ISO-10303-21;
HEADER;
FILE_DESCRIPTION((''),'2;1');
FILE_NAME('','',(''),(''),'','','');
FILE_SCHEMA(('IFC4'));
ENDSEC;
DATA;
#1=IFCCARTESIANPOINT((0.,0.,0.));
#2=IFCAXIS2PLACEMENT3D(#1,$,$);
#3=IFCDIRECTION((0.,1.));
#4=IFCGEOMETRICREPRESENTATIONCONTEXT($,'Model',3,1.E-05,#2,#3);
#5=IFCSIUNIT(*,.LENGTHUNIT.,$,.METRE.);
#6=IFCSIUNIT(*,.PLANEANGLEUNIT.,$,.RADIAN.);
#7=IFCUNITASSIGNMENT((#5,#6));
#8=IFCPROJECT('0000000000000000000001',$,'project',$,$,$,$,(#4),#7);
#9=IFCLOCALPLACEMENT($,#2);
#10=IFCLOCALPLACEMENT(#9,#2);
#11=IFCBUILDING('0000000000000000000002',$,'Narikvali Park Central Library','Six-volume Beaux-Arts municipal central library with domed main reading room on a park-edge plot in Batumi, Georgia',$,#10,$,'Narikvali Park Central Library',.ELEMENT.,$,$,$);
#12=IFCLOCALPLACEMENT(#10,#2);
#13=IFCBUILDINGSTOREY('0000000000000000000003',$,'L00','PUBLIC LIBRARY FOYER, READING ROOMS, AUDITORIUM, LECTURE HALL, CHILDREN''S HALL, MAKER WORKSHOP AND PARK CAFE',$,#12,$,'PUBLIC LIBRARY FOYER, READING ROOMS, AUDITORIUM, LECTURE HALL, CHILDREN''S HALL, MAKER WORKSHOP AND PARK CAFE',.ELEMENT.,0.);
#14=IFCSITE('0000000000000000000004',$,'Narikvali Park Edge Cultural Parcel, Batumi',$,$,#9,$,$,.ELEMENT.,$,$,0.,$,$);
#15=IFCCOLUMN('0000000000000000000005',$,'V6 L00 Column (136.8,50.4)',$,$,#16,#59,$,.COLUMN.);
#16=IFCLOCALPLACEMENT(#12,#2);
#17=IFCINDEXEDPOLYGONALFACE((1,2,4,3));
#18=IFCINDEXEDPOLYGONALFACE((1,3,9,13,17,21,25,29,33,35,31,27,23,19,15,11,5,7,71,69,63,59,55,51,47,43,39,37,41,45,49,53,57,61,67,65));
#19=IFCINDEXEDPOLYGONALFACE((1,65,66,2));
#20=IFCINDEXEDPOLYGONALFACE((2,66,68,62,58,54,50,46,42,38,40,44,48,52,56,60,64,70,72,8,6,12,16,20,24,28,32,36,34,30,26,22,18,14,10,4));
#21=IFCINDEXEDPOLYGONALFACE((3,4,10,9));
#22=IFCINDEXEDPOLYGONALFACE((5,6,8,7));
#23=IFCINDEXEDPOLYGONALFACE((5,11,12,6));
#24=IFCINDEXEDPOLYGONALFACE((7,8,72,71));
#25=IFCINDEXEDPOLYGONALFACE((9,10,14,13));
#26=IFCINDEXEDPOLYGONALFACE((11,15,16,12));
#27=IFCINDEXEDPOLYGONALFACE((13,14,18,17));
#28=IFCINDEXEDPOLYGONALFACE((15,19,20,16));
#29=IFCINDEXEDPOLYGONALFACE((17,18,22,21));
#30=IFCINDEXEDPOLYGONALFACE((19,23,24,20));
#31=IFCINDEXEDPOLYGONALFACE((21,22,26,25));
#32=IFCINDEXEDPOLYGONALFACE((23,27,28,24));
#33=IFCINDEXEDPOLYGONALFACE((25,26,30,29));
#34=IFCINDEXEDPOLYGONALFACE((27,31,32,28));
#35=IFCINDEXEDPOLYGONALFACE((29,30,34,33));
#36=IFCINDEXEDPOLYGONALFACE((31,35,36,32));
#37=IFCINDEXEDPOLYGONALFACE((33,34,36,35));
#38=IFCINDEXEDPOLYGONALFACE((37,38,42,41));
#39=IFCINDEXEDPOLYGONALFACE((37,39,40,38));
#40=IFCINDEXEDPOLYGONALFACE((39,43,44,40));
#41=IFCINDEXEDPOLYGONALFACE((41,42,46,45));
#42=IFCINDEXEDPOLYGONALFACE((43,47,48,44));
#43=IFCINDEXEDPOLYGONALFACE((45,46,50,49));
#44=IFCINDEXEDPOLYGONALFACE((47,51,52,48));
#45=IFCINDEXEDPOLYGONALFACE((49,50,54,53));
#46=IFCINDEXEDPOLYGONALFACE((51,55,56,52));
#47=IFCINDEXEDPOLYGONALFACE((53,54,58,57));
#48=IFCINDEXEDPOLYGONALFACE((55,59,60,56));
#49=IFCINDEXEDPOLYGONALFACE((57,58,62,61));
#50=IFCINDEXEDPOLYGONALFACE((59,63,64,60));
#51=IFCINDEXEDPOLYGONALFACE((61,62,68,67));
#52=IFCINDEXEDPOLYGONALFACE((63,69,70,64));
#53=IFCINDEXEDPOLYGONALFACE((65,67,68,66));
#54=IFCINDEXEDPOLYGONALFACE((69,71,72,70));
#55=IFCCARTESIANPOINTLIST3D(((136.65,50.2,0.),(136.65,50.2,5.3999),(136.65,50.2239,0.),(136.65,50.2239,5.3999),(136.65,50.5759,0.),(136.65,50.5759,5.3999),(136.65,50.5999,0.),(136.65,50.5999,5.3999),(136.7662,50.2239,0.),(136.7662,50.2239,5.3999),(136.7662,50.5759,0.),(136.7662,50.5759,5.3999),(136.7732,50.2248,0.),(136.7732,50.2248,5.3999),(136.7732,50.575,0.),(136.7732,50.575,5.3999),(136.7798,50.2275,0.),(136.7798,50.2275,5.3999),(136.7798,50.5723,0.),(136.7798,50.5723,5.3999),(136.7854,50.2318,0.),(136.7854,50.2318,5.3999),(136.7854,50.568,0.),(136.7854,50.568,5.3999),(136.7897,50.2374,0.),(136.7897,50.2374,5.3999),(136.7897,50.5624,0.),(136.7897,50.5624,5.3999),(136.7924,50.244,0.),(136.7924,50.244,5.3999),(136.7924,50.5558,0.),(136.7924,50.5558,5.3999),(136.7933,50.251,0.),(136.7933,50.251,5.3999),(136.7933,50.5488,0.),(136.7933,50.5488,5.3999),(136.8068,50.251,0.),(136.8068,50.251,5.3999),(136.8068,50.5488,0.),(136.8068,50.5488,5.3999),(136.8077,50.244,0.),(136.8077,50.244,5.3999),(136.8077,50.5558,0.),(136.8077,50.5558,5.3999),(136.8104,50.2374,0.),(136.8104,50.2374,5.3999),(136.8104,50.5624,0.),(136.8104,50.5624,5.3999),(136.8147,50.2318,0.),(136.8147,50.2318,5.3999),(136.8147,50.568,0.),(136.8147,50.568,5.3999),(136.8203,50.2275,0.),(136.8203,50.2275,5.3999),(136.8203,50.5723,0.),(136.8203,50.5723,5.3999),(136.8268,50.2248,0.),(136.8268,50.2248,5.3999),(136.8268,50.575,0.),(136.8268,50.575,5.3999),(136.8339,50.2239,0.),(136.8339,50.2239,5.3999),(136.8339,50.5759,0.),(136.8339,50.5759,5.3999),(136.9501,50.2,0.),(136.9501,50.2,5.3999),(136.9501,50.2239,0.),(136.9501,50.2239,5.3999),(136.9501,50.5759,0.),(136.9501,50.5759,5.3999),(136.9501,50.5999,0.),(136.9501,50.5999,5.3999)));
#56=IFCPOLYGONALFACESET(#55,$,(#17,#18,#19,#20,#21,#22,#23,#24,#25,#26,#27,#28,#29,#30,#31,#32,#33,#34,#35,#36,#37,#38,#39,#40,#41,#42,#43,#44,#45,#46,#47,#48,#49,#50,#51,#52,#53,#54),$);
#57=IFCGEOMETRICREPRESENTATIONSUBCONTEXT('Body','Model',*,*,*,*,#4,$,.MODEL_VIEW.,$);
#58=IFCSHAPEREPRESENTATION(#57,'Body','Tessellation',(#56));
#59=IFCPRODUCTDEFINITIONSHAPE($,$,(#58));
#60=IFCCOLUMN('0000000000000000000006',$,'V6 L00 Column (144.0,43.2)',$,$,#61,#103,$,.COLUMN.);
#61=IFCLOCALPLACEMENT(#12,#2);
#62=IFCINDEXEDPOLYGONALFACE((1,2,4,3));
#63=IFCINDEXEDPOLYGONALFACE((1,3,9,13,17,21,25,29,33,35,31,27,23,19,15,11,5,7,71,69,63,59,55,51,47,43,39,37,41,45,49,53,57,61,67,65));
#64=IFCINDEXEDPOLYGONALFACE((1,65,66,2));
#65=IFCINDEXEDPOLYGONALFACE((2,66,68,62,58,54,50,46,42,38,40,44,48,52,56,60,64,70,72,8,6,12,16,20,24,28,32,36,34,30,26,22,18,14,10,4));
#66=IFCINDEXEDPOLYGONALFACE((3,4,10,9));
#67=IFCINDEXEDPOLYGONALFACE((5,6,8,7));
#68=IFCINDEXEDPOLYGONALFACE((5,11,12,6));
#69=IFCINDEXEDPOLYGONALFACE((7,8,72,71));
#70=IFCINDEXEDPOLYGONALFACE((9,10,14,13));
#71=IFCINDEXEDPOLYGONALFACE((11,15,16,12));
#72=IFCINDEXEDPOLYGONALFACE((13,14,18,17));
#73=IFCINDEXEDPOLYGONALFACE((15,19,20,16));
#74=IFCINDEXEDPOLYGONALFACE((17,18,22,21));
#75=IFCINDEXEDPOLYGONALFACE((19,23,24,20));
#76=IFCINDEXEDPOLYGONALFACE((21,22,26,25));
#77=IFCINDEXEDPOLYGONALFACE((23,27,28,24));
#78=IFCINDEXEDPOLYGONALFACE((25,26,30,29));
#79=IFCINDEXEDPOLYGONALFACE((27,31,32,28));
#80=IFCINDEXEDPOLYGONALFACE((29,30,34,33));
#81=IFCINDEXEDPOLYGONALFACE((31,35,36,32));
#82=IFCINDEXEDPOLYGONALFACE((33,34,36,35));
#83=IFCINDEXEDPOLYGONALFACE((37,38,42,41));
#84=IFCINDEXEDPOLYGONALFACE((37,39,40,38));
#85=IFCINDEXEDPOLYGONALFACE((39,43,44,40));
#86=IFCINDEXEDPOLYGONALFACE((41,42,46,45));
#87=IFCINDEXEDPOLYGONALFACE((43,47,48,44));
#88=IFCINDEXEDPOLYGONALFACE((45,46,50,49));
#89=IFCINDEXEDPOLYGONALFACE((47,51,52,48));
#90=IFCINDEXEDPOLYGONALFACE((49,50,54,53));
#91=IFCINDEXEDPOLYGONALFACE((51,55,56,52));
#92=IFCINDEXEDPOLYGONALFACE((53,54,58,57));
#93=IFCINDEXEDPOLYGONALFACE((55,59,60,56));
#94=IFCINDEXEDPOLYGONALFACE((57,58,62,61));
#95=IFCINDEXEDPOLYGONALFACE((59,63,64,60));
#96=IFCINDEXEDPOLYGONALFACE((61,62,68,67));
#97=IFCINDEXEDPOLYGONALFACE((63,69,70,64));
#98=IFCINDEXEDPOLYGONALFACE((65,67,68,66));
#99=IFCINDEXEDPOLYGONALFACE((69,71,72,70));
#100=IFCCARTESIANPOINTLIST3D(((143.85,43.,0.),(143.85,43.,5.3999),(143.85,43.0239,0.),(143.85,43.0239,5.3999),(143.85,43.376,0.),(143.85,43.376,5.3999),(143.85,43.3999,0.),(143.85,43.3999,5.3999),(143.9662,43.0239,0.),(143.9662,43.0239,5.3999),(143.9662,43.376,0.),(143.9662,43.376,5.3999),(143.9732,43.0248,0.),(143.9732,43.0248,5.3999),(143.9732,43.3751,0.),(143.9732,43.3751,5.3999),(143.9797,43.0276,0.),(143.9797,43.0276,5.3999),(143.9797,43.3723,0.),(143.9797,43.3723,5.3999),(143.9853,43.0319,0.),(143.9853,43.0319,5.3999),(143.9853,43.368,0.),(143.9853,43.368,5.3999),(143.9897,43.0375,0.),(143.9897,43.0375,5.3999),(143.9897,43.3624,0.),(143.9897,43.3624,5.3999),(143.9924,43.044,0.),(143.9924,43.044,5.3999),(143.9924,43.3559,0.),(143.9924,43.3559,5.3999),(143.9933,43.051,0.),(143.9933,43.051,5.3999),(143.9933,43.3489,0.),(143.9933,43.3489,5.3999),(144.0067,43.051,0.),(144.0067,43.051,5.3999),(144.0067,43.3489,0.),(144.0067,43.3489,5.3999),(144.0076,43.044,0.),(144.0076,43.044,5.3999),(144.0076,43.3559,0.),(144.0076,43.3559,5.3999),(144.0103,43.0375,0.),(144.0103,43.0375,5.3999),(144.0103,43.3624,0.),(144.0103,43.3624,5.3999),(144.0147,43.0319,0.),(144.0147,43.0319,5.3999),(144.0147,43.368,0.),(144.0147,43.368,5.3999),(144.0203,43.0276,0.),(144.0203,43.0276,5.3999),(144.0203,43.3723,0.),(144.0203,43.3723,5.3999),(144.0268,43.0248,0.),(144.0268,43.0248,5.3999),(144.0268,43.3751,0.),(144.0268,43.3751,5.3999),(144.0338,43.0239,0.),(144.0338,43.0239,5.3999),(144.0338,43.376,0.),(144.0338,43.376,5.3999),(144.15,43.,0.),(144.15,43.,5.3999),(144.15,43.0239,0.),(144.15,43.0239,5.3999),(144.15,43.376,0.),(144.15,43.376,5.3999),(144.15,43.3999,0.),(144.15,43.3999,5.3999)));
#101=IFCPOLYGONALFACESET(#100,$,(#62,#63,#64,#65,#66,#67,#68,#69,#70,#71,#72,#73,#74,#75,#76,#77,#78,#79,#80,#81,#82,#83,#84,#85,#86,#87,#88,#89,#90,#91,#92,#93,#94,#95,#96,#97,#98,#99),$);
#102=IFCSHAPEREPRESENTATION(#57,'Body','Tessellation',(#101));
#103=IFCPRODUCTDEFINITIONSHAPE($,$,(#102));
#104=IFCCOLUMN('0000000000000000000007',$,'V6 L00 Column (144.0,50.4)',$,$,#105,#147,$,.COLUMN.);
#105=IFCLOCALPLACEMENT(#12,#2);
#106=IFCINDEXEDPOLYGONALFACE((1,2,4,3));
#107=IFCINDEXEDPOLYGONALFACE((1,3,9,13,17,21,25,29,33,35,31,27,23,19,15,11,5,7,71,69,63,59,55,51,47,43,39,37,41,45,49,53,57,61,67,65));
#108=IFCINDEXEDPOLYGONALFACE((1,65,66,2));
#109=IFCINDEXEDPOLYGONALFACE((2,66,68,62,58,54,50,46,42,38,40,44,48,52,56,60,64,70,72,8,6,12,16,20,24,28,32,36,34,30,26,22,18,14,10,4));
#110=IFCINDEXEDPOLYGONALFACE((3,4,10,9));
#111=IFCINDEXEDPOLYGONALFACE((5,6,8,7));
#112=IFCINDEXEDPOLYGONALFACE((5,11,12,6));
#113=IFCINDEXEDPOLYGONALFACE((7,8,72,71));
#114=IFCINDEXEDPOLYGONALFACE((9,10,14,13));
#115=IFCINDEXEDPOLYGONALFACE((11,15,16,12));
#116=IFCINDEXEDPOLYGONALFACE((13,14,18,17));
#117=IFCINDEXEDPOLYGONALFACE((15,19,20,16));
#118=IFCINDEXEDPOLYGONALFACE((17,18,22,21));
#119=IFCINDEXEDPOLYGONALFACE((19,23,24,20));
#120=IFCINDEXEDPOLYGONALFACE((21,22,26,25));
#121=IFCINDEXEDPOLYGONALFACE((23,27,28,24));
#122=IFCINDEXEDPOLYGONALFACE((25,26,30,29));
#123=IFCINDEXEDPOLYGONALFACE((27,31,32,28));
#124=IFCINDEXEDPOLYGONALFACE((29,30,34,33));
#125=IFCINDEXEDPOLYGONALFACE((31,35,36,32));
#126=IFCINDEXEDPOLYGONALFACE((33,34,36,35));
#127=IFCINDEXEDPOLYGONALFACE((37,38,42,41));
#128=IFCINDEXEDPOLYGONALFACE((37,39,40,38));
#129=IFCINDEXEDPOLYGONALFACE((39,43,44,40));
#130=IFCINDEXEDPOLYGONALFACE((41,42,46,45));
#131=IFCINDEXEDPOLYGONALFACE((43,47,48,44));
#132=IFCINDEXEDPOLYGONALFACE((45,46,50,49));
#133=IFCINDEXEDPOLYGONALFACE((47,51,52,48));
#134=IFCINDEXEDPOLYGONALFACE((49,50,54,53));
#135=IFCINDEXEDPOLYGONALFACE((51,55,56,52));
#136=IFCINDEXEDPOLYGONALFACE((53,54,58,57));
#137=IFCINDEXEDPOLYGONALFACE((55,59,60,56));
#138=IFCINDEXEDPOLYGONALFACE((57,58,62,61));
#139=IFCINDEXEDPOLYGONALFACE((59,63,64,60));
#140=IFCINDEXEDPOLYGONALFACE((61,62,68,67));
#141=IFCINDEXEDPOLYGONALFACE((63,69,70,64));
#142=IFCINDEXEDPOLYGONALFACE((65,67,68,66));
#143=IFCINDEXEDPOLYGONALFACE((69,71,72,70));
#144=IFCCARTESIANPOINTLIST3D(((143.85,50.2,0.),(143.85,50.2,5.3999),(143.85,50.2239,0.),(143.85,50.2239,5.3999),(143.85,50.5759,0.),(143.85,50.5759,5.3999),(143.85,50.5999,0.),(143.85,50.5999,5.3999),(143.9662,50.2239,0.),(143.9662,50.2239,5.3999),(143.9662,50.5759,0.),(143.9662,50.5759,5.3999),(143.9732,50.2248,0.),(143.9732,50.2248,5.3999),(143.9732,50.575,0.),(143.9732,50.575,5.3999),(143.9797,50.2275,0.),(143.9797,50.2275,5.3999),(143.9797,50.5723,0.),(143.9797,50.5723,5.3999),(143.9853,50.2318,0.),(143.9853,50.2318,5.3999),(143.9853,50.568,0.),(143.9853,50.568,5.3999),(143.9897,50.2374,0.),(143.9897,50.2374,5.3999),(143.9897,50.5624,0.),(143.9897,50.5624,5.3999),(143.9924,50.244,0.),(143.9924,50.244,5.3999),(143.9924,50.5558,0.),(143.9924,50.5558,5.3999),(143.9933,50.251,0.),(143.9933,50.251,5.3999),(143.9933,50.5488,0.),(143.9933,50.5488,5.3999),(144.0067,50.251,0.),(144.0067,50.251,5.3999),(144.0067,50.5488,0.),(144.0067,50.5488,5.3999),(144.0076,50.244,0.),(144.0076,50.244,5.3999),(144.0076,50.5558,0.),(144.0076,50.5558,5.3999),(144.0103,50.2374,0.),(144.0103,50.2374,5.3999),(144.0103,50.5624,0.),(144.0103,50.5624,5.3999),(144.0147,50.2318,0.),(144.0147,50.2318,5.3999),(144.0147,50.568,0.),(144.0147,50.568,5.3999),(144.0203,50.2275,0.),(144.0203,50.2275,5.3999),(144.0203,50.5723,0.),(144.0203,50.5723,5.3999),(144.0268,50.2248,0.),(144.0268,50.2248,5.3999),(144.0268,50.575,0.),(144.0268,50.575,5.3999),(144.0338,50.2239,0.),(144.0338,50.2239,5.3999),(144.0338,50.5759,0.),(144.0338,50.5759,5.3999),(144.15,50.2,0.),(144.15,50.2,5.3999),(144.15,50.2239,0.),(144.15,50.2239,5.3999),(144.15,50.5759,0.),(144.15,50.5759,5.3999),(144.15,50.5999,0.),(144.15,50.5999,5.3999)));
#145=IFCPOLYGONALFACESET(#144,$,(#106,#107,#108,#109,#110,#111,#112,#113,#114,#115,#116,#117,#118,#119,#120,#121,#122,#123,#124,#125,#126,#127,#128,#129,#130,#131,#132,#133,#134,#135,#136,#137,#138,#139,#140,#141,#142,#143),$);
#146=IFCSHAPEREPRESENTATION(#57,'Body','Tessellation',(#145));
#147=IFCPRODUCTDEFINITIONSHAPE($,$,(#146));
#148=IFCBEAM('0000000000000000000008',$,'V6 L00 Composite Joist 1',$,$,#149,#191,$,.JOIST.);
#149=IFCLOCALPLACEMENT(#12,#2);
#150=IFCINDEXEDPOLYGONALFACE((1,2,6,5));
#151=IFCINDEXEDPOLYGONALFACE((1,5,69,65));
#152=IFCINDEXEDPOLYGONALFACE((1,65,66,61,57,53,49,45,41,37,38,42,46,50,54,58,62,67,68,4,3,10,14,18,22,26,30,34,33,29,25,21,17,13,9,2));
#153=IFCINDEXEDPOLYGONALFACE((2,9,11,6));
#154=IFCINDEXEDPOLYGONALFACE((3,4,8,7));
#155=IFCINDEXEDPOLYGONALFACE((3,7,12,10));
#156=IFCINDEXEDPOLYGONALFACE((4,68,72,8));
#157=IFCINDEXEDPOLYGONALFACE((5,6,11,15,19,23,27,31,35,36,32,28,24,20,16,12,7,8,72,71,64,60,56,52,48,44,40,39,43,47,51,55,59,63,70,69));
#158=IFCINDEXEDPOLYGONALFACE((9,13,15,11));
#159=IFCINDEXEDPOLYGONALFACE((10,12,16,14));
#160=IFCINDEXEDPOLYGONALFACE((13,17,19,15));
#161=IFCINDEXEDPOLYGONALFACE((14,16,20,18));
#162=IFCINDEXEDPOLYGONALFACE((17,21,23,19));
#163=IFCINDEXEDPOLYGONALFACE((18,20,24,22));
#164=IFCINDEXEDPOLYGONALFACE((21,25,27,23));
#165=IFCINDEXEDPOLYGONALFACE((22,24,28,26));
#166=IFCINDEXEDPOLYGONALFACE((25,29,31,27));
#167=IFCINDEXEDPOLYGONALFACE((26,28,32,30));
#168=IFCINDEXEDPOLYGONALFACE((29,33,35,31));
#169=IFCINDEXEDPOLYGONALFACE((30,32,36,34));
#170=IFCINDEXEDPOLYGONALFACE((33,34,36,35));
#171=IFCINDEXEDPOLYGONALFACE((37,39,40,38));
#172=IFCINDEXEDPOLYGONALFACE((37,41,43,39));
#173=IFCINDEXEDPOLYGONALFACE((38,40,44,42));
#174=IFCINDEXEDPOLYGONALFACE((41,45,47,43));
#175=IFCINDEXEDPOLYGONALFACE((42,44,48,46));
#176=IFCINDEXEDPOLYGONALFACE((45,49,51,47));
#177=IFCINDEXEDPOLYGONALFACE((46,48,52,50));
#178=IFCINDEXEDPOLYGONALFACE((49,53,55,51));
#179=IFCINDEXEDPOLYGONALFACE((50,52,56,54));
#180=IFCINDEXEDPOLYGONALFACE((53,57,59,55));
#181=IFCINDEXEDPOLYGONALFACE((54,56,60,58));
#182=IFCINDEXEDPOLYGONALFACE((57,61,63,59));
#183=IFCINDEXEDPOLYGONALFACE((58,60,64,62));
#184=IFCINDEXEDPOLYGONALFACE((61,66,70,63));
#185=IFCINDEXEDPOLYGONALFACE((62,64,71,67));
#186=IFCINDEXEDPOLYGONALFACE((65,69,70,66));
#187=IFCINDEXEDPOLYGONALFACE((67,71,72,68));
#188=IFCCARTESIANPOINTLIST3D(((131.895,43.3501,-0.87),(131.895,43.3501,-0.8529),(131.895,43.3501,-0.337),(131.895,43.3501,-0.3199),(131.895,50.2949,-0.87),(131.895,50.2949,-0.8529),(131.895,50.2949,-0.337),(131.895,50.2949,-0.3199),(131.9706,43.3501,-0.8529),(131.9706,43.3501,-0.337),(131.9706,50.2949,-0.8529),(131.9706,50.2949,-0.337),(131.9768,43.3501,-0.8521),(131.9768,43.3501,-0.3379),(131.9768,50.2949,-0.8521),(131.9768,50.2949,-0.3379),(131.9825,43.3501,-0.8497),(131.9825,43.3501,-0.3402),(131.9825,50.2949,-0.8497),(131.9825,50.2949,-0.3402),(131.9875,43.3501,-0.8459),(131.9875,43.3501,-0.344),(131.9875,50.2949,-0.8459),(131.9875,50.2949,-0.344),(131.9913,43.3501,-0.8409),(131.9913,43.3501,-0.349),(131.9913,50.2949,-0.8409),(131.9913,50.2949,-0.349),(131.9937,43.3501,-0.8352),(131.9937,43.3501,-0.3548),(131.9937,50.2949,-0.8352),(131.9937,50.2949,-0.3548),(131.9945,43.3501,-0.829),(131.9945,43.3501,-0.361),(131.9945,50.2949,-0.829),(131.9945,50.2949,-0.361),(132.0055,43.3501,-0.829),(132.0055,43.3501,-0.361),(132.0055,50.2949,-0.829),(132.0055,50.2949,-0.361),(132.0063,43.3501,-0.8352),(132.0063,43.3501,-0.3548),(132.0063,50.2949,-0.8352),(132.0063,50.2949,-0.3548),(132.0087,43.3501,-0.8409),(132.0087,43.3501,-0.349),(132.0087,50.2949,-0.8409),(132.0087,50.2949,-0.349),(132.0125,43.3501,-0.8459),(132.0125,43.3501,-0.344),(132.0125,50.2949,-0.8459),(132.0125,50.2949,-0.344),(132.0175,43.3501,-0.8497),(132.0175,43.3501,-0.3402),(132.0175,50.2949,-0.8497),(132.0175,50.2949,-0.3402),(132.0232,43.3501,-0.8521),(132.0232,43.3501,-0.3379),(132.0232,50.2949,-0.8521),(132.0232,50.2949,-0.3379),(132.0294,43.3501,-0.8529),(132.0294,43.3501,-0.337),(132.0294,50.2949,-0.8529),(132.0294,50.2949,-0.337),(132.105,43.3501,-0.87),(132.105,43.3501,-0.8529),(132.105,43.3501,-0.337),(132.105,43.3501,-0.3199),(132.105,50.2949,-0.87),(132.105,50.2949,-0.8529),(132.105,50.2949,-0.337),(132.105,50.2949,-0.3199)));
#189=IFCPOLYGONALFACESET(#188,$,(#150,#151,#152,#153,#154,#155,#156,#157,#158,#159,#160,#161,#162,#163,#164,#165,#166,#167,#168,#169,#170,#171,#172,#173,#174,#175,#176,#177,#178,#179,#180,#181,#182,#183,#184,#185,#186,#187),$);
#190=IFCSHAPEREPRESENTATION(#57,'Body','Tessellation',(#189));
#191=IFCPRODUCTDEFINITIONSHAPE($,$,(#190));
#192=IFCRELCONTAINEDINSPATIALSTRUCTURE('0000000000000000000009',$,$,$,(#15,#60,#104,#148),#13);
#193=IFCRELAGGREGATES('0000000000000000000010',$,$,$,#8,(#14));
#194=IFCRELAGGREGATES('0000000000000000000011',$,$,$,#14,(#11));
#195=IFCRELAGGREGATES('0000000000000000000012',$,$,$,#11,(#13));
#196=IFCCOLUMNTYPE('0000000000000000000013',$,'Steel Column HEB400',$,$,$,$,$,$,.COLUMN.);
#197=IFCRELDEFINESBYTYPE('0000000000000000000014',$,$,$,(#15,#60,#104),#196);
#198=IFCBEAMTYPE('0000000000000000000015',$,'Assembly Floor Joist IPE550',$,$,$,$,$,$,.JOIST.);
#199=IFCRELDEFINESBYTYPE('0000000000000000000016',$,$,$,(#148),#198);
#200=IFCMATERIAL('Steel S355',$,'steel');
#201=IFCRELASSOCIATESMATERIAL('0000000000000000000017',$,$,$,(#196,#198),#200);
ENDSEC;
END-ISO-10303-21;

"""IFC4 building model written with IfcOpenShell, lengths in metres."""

from ifc_helpers import new_model, si_unit, direction, frame, origin, origin_2d, place, context, subcontext, project, spatial, i_section, extrude, material, material_profile, profile_set, type_object, element, save


model = new_model("IFC4")

# Units and contexts
model_context = context("Model", 3, precision=1e-05, world=origin(), true_north=direction((0.0, 1.0)))
body_context = subcontext(model_context, "Body", "Model", "MODEL_VIEW")
ifc_project = project(units=[si_unit("LENGTHUNIT", "METRE"), si_unit("PLANEANGLEUNIT", "RADIAN")], contexts=[model_context])

# Site, building, storey
site_placement = place(None, origin())
site = spatial("IfcSite", under=ifc_project, at=site_placement, Name="Narikvali Park Edge Cultural Parcel, Batumi", CompositionType="ELEMENT", RefElevation=0.0)
building_placement = place(site_placement, origin())
building = spatial("IfcBuilding", under=site, at=building_placement, Name="Narikvali Park Central Library", Description="Six-volume Beaux-Arts municipal central library with domed main reading room on a park-edge plot in Batumi, Georgia", LongName="Narikvali Park Central Library", CompositionType="ELEMENT")
storey_placement = place(building_placement, origin())
storey = spatial("IfcBuildingStorey", under=building, at=storey_placement, Name="L00", Description="PUBLIC LIBRARY FOYER, READING ROOMS, AUDITORIUM, LECTURE HALL, CHILDREN'S HALL, MAKER WORKSHOP AND PARK CAFE", LongName="PUBLIC LIBRARY FOYER, READING ROOMS, AUDITORIUM, LECTURE HALL, CHILDREN'S HALL, MAKER WORKSHOP AND PARK CAFE", CompositionType="ELEMENT", Elevation=0.0)

# Columns
ifc_material_1 = material(Name="Steel S355", Category="steel")
ifc_material_profile_1 = material_profile(ifc_material_1, i_section(OverallWidth=0.3, OverallDepth=0.3999, WebThickness=0.0134, FlangeThickness=0.0239, FilletRadius=0.0271, at=origin_2d()), Name="HEB 400")
ifc_profile_set_1 = profile_set([ifc_material_profile_1], Name="Steel S355")
column_type = type_object("IfcColumnType", Name="Steel Column HEB400", PredefinedType="COLUMN", material=ifc_profile_set_1)
for number, where, z_axis, x_axis, name in (
    (1, (136.8, 50.3999, 0.0), (0.0, 0.0, 1.0), (1.0, 0.0, 0.0), "V6 L00 Column (136.8,50.4)"),
    (2, (144.0, 43.2, 0.0), (0.0, 0.0, 1.0), (1.0, 0.0, 0.0), "V6 L00 Column (144.0,43.2)"),
    (3, (144.0, 50.3999, 0.0), (0.0, 0.0, 1.0), (1.0, 0.0, 0.0), "V6 L00 Column (144.0,50.4)"),
):
    element("IfcColumn", number, at=place(storey_placement, frame(where, z_axis=z_axis, x_axis=x_axis)), inside=storey, type_object=column_type, Name=name, PredefinedType="COLUMN", context=body_context, shape_type="SweptSolid", body=[
        extrude(i_section(OverallWidth=0.3, OverallDepth=0.3999, WebThickness=0.0134, FlangeThickness=0.0239, FilletRadius=0.0271, at=origin_2d()), origin(), (0.0, 0.0, 1.0), 5.3999),
    ])

# Beam
ifc_material_profile_2 = material_profile(ifc_material_1, i_section(OverallWidth=0.21, OverallDepth=0.55, WebThickness=0.011, FlangeThickness=0.0171, FilletRadius=0.0239, at=origin_2d()), Name="IPE 550")
ifc_profile_set_2 = profile_set([ifc_material_profile_2], Name="Steel S355")
beam_type_1 = type_object("IfcBeamType", Name="Assembly Floor Joist IPE550", PredefinedType="JOIST", material=ifc_profile_set_2)
for number, where, z_axis, x_axis, name in (
    (4, (132.0, 43.3501, -0.595), (0.0, 1.0, 0.0), (-1.0, 0.0, 0.0), "V6 L00 Composite Joist 1"),
):
    element("IfcBeam", number, at=place(storey_placement, frame(where, z_axis=z_axis, x_axis=x_axis)), inside=storey, type_object=beam_type_1, Name=name, PredefinedType="JOIST", context=body_context, shape_type="SweptSolid", body=[
        extrude(i_section(OverallWidth=0.21, OverallDepth=0.55, WebThickness=0.011, FlangeThickness=0.0171, FilletRadius=0.0239, at=origin_2d()), origin(), (0.0, 0.0, 1.0), 6.9448),
    ])

save(model, "model.ifc")
